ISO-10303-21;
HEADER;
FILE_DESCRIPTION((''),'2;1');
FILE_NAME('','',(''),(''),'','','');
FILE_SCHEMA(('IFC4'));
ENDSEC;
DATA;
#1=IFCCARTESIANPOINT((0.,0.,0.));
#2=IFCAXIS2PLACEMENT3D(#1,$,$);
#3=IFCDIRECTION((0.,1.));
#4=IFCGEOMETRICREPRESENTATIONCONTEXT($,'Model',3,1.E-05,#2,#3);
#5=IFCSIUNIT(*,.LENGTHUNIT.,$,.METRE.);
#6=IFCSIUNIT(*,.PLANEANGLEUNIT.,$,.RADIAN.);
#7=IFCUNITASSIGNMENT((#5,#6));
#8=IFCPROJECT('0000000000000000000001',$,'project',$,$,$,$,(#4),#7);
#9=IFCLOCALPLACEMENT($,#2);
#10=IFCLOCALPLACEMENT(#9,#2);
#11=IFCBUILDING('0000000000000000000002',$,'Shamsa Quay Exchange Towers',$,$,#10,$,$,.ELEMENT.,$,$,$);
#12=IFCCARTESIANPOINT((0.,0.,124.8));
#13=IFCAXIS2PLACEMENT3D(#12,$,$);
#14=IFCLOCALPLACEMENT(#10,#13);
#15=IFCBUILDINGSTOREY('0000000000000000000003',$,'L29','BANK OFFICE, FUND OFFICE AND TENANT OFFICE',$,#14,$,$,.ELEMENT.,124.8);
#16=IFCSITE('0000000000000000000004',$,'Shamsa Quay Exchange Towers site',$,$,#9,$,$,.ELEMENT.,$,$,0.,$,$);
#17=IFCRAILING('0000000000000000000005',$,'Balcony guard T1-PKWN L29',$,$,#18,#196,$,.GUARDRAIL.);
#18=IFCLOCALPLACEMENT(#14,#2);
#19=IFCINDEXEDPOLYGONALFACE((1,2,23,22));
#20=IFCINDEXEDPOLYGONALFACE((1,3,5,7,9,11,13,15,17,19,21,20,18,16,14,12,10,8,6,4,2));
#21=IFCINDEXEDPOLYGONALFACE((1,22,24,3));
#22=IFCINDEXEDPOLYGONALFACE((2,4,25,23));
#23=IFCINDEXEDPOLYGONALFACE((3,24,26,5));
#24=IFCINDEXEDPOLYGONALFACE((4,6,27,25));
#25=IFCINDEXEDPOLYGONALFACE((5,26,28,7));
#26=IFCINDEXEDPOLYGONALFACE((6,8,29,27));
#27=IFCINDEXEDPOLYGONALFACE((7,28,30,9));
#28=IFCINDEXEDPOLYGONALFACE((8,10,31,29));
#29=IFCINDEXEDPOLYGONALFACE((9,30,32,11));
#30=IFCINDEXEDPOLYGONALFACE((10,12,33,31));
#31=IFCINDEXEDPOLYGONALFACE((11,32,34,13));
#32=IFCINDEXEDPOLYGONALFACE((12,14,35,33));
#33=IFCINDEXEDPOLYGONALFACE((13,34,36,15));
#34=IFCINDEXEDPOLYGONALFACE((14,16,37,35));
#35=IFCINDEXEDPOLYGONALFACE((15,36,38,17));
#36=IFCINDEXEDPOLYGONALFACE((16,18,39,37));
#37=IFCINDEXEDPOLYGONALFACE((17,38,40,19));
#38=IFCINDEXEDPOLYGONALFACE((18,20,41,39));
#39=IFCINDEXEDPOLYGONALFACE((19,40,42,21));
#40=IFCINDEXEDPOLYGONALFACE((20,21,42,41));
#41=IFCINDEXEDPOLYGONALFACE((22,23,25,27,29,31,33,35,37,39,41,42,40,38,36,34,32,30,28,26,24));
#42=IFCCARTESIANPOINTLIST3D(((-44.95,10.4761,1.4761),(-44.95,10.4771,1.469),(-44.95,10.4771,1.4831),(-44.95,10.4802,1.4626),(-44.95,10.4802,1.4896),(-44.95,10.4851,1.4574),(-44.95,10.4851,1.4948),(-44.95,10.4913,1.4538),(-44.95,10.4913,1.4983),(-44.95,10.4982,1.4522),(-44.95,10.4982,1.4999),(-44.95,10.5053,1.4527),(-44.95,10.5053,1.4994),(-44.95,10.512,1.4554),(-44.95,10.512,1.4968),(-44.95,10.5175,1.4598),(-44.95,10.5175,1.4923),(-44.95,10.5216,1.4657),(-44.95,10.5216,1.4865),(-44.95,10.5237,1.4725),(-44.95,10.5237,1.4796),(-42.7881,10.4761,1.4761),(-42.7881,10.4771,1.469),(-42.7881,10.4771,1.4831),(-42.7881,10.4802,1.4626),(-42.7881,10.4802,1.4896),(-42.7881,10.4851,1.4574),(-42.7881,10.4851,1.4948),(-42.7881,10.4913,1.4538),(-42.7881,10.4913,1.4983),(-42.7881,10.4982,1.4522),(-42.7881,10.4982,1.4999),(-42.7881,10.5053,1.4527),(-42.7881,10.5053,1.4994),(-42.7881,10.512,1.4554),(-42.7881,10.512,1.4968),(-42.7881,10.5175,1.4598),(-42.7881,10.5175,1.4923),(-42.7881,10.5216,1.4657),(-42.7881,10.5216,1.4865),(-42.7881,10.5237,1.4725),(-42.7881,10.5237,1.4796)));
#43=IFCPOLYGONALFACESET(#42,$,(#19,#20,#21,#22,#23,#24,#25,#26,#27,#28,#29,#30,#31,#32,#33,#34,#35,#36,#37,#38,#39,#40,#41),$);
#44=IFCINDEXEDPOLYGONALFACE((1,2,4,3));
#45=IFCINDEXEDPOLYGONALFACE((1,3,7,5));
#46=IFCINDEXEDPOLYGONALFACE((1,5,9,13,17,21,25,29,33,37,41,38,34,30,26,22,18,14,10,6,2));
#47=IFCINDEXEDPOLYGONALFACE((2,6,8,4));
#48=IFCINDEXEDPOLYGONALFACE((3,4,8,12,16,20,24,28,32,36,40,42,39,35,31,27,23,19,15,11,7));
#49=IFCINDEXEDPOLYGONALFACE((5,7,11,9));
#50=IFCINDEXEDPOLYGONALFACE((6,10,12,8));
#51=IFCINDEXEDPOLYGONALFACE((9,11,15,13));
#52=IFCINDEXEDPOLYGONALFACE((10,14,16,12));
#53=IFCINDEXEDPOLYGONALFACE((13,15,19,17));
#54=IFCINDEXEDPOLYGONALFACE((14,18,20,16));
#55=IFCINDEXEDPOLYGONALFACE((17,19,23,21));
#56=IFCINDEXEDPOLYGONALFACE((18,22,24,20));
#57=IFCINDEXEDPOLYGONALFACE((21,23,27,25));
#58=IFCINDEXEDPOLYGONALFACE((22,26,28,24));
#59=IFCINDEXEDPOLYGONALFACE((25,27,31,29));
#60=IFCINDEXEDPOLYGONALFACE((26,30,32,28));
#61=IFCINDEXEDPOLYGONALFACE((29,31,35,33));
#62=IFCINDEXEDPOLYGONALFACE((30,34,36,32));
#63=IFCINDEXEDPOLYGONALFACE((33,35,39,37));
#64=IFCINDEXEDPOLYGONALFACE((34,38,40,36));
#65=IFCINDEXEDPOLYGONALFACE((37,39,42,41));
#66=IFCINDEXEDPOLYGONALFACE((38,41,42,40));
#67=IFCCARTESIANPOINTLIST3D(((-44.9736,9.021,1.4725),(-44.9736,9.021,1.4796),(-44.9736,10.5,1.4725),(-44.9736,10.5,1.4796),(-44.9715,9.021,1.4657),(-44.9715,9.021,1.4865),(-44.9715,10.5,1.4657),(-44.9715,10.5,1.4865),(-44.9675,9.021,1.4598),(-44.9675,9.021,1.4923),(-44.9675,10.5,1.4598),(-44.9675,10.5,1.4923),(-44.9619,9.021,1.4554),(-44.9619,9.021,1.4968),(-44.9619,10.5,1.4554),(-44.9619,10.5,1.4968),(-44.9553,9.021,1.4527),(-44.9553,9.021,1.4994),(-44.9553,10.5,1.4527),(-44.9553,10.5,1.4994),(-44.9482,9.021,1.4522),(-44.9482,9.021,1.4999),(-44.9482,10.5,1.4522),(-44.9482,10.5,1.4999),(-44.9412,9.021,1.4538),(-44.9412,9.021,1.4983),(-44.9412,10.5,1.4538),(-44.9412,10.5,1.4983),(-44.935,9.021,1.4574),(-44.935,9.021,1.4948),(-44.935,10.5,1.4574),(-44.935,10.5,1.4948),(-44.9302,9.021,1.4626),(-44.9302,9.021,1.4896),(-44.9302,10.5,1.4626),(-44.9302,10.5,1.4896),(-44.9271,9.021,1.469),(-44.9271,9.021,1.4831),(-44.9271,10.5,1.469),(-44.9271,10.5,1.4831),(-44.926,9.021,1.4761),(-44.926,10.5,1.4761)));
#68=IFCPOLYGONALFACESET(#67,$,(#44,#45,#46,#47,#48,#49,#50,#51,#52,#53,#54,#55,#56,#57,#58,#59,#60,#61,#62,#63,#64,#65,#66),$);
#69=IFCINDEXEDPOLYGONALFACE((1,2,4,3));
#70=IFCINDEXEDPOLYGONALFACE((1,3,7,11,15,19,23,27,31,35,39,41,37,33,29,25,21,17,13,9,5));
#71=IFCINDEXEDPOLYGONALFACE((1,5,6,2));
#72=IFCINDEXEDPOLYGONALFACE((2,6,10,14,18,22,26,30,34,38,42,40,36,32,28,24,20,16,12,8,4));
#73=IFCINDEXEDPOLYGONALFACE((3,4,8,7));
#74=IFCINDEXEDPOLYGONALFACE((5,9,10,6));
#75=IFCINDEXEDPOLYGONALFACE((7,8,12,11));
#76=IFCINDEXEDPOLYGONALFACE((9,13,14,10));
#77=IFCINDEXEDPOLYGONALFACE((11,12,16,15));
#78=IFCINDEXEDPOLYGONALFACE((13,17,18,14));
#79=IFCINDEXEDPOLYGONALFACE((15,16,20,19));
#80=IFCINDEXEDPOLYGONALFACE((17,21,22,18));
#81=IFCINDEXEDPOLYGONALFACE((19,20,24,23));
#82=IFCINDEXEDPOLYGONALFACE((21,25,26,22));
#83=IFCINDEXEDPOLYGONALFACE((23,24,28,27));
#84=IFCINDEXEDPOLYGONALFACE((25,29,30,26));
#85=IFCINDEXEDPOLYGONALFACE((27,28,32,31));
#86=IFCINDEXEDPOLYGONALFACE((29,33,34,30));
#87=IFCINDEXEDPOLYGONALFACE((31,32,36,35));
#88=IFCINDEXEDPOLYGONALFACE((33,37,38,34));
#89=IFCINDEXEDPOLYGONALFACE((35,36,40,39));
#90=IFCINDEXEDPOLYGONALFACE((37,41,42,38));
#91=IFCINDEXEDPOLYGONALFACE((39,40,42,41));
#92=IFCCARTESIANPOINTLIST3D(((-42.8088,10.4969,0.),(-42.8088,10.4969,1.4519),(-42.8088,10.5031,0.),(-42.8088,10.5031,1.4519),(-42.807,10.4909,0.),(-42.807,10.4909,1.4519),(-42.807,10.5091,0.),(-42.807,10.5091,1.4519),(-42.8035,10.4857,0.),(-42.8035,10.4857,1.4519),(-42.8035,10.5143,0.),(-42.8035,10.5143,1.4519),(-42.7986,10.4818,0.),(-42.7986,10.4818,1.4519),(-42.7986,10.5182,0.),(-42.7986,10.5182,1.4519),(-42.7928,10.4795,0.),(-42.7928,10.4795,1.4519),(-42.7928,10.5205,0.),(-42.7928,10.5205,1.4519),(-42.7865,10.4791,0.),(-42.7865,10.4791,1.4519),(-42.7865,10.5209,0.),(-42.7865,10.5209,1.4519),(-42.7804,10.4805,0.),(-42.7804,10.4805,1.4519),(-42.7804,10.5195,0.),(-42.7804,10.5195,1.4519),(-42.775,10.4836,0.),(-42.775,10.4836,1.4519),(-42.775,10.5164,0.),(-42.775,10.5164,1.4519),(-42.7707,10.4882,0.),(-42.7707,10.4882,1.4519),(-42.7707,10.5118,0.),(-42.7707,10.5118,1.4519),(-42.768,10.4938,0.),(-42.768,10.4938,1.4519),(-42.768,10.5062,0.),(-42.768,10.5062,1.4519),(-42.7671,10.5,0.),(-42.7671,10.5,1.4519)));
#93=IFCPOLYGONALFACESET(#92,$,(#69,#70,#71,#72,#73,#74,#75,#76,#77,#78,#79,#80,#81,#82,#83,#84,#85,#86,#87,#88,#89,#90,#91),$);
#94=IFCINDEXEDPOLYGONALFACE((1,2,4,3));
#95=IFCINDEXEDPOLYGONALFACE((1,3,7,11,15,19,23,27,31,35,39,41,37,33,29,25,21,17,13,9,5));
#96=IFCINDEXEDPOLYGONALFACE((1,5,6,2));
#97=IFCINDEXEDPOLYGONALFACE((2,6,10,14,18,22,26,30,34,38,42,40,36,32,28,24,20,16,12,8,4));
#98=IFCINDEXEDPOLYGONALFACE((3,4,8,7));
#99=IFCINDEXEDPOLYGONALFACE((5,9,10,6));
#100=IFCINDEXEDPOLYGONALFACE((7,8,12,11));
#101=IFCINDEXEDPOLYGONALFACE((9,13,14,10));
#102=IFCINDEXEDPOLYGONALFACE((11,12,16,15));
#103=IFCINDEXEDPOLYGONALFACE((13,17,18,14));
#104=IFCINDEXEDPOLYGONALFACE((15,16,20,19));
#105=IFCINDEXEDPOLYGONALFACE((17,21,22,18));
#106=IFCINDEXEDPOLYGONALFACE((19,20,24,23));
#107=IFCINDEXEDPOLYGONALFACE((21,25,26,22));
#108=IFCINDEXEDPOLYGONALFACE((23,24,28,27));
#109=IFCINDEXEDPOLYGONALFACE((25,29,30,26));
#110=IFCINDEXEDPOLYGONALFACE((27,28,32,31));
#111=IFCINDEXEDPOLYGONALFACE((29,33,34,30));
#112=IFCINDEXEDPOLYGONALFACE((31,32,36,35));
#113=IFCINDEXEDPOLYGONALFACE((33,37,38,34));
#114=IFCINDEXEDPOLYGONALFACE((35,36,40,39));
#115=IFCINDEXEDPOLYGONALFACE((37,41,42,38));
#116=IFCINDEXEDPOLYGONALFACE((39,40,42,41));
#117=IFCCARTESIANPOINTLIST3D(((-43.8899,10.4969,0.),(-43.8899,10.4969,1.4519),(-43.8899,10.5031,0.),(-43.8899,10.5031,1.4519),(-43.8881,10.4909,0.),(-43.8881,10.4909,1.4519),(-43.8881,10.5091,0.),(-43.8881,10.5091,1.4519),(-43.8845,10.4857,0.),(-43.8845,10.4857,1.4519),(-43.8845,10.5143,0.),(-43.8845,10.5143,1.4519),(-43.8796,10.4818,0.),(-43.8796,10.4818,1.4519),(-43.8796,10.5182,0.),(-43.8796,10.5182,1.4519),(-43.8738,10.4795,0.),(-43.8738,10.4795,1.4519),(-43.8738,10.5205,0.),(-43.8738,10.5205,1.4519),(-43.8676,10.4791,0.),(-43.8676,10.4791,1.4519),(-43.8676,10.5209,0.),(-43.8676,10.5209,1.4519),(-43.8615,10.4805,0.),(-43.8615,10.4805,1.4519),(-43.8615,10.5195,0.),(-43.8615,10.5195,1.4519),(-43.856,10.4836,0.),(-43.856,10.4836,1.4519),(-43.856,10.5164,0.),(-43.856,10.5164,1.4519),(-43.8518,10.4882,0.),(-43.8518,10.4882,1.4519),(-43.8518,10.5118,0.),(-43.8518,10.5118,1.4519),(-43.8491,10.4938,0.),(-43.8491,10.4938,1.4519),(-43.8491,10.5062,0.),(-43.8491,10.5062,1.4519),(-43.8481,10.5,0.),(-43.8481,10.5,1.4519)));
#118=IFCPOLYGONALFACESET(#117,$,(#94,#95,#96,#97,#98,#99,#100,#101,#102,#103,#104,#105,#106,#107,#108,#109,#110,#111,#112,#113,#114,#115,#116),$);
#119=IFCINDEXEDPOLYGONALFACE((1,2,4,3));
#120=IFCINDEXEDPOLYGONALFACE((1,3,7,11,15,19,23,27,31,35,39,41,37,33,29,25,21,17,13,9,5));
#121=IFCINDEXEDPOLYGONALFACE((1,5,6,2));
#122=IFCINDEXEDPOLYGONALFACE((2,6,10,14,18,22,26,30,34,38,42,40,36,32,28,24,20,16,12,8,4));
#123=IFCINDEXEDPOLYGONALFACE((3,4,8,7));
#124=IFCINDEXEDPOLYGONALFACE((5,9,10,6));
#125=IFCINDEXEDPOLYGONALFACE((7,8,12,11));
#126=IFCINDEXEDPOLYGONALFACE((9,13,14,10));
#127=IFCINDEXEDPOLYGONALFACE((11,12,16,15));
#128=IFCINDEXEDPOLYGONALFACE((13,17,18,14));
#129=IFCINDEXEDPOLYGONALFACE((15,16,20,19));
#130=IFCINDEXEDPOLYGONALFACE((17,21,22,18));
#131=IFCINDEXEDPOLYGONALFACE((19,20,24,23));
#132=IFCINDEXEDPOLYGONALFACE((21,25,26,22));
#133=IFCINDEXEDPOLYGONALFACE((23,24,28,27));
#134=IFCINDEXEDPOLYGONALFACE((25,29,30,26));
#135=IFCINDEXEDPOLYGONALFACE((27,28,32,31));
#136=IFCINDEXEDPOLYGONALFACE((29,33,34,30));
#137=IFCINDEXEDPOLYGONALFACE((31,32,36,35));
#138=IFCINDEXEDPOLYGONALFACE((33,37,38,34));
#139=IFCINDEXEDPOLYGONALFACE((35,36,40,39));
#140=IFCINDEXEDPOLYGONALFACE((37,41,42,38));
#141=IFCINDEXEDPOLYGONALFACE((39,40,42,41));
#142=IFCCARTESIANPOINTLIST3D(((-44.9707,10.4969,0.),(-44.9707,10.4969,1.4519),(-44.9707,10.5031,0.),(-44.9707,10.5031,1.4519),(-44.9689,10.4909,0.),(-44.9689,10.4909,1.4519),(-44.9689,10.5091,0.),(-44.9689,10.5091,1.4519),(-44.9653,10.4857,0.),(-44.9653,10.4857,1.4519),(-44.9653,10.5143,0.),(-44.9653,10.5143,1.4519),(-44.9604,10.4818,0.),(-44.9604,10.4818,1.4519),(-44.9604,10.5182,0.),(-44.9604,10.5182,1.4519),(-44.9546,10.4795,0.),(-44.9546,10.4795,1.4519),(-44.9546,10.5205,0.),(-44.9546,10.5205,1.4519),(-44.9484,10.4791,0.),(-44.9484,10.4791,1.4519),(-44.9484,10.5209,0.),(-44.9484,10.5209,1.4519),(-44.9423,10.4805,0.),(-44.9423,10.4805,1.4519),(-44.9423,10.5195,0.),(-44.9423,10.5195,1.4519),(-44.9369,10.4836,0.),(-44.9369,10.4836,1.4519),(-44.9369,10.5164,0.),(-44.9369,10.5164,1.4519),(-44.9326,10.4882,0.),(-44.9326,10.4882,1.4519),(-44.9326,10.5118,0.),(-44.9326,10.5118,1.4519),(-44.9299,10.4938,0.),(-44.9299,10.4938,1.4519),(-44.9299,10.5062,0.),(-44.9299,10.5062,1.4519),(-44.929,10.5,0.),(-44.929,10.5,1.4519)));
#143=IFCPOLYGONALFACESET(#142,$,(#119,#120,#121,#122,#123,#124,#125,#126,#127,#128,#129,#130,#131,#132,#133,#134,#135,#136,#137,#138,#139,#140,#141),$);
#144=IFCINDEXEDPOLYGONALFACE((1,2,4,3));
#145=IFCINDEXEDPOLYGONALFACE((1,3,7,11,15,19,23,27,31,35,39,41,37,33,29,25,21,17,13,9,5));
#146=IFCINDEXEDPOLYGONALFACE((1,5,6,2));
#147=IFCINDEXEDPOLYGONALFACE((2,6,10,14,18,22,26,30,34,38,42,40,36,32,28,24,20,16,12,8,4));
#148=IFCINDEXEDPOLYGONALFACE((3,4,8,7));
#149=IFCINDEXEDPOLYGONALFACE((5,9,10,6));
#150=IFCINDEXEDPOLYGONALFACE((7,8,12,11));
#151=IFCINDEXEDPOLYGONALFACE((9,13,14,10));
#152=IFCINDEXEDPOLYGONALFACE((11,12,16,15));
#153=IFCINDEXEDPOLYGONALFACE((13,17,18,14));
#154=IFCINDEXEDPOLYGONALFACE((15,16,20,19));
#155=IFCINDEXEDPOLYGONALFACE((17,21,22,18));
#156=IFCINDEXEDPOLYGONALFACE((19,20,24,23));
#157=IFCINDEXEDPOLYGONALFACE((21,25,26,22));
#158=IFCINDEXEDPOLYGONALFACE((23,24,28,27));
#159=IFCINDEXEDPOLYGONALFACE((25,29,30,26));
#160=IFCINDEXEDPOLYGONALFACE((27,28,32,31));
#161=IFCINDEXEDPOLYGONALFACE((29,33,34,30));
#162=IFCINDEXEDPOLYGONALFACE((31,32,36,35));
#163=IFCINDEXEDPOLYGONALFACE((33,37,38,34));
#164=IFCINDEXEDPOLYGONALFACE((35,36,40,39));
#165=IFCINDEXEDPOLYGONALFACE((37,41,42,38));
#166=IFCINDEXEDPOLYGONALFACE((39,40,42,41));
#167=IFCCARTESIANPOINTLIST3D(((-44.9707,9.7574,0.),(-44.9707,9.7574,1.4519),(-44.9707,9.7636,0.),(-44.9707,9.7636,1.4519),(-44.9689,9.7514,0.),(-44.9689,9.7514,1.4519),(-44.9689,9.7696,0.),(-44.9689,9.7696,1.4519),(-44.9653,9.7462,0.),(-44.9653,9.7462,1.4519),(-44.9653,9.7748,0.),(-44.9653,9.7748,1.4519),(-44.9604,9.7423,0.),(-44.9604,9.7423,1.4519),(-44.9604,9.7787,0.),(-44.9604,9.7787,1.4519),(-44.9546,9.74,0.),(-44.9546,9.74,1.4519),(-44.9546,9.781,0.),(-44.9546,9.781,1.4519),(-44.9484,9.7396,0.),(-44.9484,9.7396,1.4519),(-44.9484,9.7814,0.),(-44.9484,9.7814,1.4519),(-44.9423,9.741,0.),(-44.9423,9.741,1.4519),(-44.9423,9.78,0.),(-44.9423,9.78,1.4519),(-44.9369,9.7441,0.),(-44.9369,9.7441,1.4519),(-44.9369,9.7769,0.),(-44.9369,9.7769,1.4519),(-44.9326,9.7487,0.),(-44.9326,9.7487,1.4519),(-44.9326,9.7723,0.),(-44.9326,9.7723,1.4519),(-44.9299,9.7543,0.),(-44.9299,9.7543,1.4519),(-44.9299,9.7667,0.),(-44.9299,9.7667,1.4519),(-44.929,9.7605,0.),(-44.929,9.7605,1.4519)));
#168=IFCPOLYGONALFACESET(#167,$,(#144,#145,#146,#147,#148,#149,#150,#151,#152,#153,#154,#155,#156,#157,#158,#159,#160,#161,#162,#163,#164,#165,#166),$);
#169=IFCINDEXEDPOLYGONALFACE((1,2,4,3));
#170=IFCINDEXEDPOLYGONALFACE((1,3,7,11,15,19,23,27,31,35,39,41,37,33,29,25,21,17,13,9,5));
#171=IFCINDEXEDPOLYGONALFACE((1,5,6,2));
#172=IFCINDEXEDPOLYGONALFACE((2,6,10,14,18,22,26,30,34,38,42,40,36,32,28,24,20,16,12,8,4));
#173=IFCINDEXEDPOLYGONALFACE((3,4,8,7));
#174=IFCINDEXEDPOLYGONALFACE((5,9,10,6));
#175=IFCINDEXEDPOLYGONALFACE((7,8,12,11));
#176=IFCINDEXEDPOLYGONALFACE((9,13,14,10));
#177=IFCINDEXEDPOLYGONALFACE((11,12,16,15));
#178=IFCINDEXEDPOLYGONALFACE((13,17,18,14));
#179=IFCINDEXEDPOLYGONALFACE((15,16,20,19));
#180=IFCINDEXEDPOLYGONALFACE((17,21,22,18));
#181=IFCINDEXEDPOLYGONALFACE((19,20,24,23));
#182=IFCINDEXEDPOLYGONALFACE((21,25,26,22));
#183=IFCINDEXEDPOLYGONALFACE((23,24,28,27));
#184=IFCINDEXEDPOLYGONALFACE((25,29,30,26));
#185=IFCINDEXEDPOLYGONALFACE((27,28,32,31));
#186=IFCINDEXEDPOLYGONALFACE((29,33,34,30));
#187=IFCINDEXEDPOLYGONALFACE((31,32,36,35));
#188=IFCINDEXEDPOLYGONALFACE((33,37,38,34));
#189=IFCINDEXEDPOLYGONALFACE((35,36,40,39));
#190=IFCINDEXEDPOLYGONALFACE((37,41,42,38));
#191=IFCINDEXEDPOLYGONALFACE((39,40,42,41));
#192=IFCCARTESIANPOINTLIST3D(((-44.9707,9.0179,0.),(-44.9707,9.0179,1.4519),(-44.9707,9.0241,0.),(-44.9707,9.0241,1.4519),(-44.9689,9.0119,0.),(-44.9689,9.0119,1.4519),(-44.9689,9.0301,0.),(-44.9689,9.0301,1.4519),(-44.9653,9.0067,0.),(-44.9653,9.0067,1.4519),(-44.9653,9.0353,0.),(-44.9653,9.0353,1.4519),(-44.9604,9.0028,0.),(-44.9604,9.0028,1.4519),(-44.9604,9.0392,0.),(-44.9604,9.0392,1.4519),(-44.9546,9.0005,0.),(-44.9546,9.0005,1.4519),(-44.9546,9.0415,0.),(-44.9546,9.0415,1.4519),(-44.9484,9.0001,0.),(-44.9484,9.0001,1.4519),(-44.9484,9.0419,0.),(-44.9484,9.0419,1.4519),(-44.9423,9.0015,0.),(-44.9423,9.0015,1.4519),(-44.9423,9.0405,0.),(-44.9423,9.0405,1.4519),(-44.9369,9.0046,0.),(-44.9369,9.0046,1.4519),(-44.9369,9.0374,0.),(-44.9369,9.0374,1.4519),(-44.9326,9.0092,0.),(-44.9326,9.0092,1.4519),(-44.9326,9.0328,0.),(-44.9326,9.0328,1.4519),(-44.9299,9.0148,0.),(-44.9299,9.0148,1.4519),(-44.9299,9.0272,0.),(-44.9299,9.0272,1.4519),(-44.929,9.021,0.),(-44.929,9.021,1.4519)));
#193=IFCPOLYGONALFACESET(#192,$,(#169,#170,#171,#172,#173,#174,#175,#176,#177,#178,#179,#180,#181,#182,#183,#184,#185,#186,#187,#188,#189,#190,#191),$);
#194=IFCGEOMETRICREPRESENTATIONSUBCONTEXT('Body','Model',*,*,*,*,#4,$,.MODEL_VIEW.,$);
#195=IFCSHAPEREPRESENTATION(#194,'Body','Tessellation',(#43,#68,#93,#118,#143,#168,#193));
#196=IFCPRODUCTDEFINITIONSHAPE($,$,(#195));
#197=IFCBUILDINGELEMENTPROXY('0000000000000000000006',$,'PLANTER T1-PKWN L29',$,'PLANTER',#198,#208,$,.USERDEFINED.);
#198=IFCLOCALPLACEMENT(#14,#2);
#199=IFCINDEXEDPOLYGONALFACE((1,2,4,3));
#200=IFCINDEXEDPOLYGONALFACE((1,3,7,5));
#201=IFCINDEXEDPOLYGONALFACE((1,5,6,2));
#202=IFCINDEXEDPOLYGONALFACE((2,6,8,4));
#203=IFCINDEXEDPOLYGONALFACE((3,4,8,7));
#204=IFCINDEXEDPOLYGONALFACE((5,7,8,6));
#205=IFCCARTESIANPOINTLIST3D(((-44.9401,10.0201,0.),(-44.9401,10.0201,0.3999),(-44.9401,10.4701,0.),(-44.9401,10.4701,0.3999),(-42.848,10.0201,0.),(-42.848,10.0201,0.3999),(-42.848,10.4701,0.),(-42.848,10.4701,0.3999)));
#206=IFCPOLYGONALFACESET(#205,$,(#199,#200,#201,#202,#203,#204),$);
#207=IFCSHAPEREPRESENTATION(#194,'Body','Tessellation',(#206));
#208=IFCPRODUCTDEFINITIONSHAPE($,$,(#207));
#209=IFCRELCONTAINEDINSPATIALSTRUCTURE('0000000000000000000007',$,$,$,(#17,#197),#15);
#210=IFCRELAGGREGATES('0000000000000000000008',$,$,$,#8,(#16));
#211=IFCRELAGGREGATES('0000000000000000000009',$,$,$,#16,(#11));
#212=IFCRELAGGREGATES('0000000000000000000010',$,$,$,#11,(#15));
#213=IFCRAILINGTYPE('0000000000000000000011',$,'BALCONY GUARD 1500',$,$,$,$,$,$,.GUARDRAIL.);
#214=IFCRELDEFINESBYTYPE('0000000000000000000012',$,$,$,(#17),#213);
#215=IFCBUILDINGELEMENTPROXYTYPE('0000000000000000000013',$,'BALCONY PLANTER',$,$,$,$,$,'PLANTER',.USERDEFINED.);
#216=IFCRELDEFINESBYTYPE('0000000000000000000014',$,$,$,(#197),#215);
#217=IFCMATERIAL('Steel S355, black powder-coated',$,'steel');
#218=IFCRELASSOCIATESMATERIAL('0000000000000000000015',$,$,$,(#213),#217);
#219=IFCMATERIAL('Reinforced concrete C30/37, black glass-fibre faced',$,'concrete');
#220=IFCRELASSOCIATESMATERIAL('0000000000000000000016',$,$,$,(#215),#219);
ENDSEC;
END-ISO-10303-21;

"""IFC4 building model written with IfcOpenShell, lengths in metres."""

from ifc_helpers import new_model, si_unit, direction, frame, origin, origin_2d, place, context, subcontext, project, spatial, rectangle, circle, extrude, material, type_object, element, save


model = new_model("IFC4")

# Units and contexts
model_context = context("Model", 3, precision=1e-05, world=origin(), true_north=direction((0.0, 1.0)))
body_context = subcontext(model_context, "Body", "Model", "MODEL_VIEW")
ifc_project = project(units=[si_unit("LENGTHUNIT", "METRE"), si_unit("PLANEANGLEUNIT", "RADIAN")], contexts=[model_context])

# Site, building, storey
site_placement = place(None, origin())
site = spatial("IfcSite", under=ifc_project, at=site_placement, Name="Shamsa Quay Exchange Towers site", CompositionType="ELEMENT", RefElevation=0.0)
building_placement = place(site_placement, origin())
building = spatial("IfcBuilding", under=site, at=building_placement, Name="Shamsa Quay Exchange Towers", CompositionType="ELEMENT")
storey_placement = place(building_placement, frame((0.0, 0.0, 124.8)))
storey = spatial("IfcBuildingStorey", under=building, at=storey_placement, Name="L29", Description="BANK OFFICE, FUND OFFICE AND TENANT OFFICE", CompositionType="ELEMENT", Elevation=124.8)

# Railing
ifc_material_1 = material(Name="Steel S355, black powder-coated", Category="steel")
railing_type_1 = type_object("IfcRailingType", Name="BALCONY GUARD 1500", PredefinedType="GUARDRAIL", material=ifc_material_1)
railing_1_placement = place(storey_placement, frame((-42.7881, 10.5, 0.0)))
element("IfcRailing", 1, at=railing_1_placement, inside=storey, type_object=railing_type_1, Name="Balcony guard T1-PKWN L29", PredefinedType="GUARDRAIL", context=body_context, shape_type="SweptSolid", body=[
    extrude(circle(Radius=0.0239, at=origin_2d()), frame((0.0, 0.0, 1.4761), z_axis=(-1.0, 0.0, 0.0), x_axis=(0.0, -1.0, 0.0)), (0.0, 0.0, 1.0), 2.1619),
    extrude(circle(Radius=0.0239, at=origin_2d()), frame((-2.1619, 0.0, 1.4761), z_axis=(0.0, -1.0, 0.0), x_axis=(1.0, 0.0, 0.0)), (0.0, 0.0, 1.0), 1.479),
    extrude(circle(Radius=0.021, at=origin_2d()), origin(), (0.0, 0.0, 1.0), 1.4519),
    extrude(circle(Radius=0.021, at=origin_2d()), frame((-1.0811, 0.0, 0.0)), (0.0, 0.0, 1.0), 1.4519),
    extrude(circle(Radius=0.021, at=origin_2d()), frame((-2.1619, 0.0, 0.0)), (0.0, 0.0, 1.0), 1.4519),
    extrude(circle(Radius=0.021, at=origin_2d()), frame((-2.1619, -0.7395, 0.0)), (0.0, 0.0, 1.0), 1.4519),
    extrude(circle(Radius=0.021, at=origin_2d()), frame((-2.1619, -1.479, 0.0)), (0.0, 0.0, 1.0), 1.4519),
])

# Building element proxy
ifc_material_2 = material(Name="Reinforced concrete C30/37, black glass-fibre faced", Category="concrete")
building_element_proxy_type = type_object("IfcBuildingElementProxyType", Name="BALCONY PLANTER", ElementType="PLANTER", PredefinedType="USERDEFINED", material=ifc_material_2)
proxy_placement = place(storey_placement, frame((-43.894, 10.2451, 0.0), z_axis=(0.0, 0.0, 1.0), x_axis=(-1.0, 0.0, 0.0)))
element("IfcBuildingElementProxy", 2, at=proxy_placement, inside=storey, type_object=building_element_proxy_type, Name="PLANTER T1-PKWN L29", ObjectType="PLANTER", PredefinedType="USERDEFINED", context=body_context, shape_type="SweptSolid", body=[
    extrude(rectangle(XDim=2.092, YDim=0.45, at=origin_2d()), origin(), (0.0, 0.0, 1.0), 0.3999),
])

save(model, "model.ifc")
